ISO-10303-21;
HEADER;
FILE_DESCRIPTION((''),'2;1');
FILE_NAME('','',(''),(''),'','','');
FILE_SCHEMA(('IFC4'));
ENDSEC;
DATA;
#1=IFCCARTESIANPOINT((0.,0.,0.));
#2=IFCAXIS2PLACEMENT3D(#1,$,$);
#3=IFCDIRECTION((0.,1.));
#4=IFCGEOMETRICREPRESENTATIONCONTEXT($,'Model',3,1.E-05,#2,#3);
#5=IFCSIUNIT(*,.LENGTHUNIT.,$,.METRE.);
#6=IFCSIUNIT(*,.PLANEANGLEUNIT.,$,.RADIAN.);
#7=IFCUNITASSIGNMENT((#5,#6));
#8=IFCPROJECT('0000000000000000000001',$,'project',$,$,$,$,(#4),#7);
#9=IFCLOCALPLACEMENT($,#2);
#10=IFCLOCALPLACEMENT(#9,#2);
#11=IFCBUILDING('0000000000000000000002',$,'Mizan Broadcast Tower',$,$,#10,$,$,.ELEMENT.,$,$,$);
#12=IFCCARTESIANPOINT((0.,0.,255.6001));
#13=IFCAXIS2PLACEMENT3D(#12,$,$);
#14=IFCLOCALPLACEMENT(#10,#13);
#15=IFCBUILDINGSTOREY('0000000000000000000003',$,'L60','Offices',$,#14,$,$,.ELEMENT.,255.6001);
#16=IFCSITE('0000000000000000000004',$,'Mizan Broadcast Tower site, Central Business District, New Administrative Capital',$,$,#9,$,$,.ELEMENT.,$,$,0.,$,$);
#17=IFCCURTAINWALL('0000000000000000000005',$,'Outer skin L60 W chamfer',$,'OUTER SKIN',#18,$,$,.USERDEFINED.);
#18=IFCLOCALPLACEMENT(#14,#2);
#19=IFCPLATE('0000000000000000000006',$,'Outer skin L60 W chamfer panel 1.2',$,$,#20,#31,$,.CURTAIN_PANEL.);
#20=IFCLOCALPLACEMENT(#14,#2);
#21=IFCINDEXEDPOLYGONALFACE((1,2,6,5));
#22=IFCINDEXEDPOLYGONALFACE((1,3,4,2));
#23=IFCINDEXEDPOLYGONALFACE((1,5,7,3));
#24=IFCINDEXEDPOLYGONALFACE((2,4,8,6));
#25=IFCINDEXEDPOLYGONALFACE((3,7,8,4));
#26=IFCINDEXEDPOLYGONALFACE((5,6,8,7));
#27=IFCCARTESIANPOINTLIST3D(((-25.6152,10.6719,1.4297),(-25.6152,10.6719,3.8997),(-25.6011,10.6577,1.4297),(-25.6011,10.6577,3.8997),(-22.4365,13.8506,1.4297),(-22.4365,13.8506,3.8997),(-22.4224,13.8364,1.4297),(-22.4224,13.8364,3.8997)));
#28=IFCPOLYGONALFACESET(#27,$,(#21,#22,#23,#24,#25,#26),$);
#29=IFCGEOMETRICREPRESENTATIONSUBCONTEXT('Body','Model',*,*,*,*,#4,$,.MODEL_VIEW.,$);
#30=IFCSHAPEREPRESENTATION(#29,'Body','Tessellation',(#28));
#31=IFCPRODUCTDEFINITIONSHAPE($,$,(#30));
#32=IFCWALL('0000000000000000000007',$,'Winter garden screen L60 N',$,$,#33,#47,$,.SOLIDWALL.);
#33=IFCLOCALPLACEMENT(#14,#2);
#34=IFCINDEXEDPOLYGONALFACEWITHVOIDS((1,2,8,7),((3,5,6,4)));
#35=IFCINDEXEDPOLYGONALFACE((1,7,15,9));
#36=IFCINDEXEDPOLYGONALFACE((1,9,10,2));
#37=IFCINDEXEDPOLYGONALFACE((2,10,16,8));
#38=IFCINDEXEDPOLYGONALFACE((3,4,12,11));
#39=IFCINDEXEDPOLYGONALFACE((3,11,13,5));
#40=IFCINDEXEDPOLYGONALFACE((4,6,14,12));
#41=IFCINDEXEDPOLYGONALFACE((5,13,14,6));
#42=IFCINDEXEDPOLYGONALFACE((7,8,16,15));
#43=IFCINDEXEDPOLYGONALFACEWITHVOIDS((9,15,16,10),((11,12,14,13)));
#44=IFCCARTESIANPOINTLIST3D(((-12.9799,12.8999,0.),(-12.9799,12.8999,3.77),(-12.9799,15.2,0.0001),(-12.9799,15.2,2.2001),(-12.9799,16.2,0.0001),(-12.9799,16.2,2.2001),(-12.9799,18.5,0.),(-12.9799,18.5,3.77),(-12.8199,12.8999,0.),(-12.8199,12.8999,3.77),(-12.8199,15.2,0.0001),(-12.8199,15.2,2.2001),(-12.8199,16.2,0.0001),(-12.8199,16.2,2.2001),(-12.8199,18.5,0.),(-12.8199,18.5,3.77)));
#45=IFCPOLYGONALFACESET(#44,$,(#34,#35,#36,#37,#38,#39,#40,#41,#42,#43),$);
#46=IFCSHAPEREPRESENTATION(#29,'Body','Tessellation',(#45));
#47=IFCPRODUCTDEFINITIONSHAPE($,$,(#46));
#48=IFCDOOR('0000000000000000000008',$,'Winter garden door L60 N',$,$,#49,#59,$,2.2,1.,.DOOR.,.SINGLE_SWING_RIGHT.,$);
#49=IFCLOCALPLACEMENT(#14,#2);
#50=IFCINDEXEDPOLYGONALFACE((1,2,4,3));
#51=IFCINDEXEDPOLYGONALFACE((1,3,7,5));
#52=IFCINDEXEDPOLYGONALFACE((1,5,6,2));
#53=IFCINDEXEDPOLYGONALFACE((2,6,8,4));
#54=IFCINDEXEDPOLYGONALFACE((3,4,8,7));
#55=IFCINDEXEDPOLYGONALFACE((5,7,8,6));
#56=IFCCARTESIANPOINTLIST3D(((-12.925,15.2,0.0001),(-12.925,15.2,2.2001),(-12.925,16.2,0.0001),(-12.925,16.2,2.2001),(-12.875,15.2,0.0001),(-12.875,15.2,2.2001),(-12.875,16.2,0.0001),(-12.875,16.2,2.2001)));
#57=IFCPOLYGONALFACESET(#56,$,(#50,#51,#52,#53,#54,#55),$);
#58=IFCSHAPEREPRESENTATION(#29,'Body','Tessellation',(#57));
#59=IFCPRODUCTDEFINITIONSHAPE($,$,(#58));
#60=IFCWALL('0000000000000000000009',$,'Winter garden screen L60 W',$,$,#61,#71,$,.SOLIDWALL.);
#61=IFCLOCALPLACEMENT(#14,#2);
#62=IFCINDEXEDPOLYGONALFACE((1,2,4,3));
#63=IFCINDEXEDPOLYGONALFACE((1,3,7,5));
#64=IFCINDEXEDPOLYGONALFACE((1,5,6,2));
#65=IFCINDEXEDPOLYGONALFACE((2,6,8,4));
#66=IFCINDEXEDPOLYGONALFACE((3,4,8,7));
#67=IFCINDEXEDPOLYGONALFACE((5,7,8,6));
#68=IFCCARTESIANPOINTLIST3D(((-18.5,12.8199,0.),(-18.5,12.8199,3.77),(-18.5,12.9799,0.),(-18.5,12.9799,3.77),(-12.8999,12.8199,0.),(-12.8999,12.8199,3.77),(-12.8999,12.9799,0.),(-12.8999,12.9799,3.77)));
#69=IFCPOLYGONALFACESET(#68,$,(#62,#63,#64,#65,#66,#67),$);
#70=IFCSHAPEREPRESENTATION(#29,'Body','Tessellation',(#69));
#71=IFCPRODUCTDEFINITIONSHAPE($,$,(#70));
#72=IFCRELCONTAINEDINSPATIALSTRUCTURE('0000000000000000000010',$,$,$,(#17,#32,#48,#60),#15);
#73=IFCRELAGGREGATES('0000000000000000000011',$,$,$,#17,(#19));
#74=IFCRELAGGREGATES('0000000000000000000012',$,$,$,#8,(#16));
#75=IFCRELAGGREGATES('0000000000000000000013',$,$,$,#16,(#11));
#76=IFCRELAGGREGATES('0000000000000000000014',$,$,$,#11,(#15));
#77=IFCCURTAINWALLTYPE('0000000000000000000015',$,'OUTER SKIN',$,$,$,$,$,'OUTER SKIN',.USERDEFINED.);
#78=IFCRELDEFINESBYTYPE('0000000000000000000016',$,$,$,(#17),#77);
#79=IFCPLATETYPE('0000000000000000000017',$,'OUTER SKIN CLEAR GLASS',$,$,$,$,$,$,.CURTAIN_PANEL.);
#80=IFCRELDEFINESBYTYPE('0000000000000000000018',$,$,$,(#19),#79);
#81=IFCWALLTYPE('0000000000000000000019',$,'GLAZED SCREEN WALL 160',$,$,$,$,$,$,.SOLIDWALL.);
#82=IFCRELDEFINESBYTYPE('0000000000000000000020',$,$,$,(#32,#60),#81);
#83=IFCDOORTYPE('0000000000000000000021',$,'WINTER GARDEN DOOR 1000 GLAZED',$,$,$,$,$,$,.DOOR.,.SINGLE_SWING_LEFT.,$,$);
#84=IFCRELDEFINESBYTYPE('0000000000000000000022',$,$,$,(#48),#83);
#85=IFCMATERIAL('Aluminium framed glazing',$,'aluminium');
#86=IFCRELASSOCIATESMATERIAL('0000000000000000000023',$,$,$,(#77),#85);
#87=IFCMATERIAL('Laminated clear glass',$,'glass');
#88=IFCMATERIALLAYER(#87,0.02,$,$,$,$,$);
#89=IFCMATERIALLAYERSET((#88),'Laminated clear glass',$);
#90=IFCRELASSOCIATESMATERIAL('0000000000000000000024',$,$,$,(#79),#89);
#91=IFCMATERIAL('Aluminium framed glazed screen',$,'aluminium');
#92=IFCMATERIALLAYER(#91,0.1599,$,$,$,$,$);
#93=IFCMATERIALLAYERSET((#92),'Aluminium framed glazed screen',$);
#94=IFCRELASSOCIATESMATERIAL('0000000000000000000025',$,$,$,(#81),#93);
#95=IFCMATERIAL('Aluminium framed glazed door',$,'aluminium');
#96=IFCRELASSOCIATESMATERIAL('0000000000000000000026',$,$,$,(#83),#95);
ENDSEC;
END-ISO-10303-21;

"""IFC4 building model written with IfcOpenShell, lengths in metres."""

from ifc_helpers import new_model, si_unit, direction, frame, frame_2d, origin, origin_2d, place, context, subcontext, project, spatial, rectangle, extrude, material, layer, layer_set, type_object, element, fill, aggregate, save


model = new_model("IFC4")

# Units and contexts
model_context = context("Model", 3, precision=1e-05, world=origin(), true_north=direction((0.0, 1.0)))
body_context = subcontext(model_context, "Body", "Model", "MODEL_VIEW")
ifc_project = project(units=[si_unit("LENGTHUNIT", "METRE"), si_unit("PLANEANGLEUNIT", "RADIAN")], contexts=[model_context])

# Site, building, storey
site_placement = place(None, origin())
site = spatial("IfcSite", under=ifc_project, at=site_placement, Name="Mizan Broadcast Tower site, Central Business District, New Administrative Capital", CompositionType="ELEMENT", RefElevation=0.0)
building_placement = place(site_placement, origin())
building = spatial("IfcBuilding", under=site, at=building_placement, Name="Mizan Broadcast Tower", CompositionType="ELEMENT")
storey_placement = place(building_placement, frame((0.0, 0.0, 255.6001)))
storey = spatial("IfcBuildingStorey", under=building, at=storey_placement, Name="L60", Description="Offices", CompositionType="ELEMENT", Elevation=255.6001)

# Shared definitions
ifc_material_1 = material(Name="Aluminium framed glazing", Category="aluminium")
curtain_wall_type_1 = type_object("IfcCurtainWallType", Name="OUTER SKIN", ElementType="OUTER SKIN", PredefinedType="USERDEFINED", material=ifc_material_1)

# Curtain wall
curtain_wall_1_placement = place(storey_placement, origin())
curtain_wall_1 = element("IfcCurtainWall", 1, at=curtain_wall_1_placement, inside=storey, type_object=curtain_wall_type_1, Name="Outer skin L60 W chamfer", ObjectType="OUTER SKIN", PredefinedType="USERDEFINED")

# Plate
ifc_material_2 = material(Name="Laminated clear glass", Category="glass")
ifc_layer_1 = layer(ifc_material_2, 0.02)
ifc_layer_set_1 = layer_set([ifc_layer_1], Name="Laminated clear glass")
plate_type_1 = type_object("IfcPlateType", Name="OUTER SKIN CLEAR GLASS", PredefinedType="CURTAIN_PANEL", material=ifc_layer_set_1)
plate_1_placement = place(storey_placement, frame((-24.0188, 12.2542, 1.4297), z_axis=(0.0, 0.0, 1.0), x_axis=(-0.707107, -0.707107, 0.0)))
plate_1 = element("IfcPlate", 2, at=plate_1_placement, type_object=plate_type_1, Name="Outer skin L60 W chamfer panel 1.2", PredefinedType="CURTAIN_PANEL", context=body_context, shape_type="SweptSolid", body=[
    extrude(rectangle(XDim=4.4954, YDim=0.02, at=origin_2d()), origin(), (0.0, 0.0, 1.0), 2.47),
])
aggregate(curtain_wall_1, [plate_1])

# Wall, opening, door
ifc_material_3 = material(Name="Aluminium framed glazed screen", Category="aluminium")
ifc_layer_2 = layer(ifc_material_3, 0.1599)
ifc_layer_set_2 = layer_set([ifc_layer_2], Name="Aluminium framed glazed screen")
wall_type = type_object("IfcWallType", Name="GLAZED SCREEN WALL 160", PredefinedType="SOLIDWALL", material=ifc_layer_set_2)
wall_1_placement = place(storey_placement, frame((-12.8999, 18.5, 0.0), z_axis=(0.0, 0.0, 1.0), x_axis=(0.0, -1.0, 0.0)))
wall_1 = element("IfcWall", 3, at=wall_1_placement, inside=storey, type_object=wall_type, Name="Winter garden screen L60 N", PredefinedType="SOLIDWALL", context=body_context, shape_type="SweptSolid", body=[
    extrude(rectangle(XDim=5.6001, YDim=0.1599, at=frame_2d((2.8, 0.0))), origin(), (0.0, 0.0, 1.0), 3.77),
])
opening_placement = place(wall_1_placement, frame((2.3, 0.0, 0.0)))
opening = element("IfcOpeningElement", 4, at=opening_placement, cuts=wall_1, PredefinedType="OPENING", context=body_context, shape_type="SweptSolid", body=[
    extrude(rectangle(XDim=1.0, YDim=2.2, at=frame_2d((0.5, 1.1001))), frame((0.0, 0.0898, 0.0), z_axis=(0.0, -1.0, 0.0), x_axis=(1.0, 0.0, 0.0)), (0.0, 0.0, 1.0), 0.1799),
])
ifc_material_4 = material(Name="Aluminium framed glazed door", Category="aluminium")
door_type = type_object("IfcDoorType", Name="WINTER GARDEN DOOR 1000 GLAZED", OperationType="SINGLE_SWING_LEFT", PredefinedType="DOOR", material=ifc_material_4)
door_placement = place(opening_placement, origin())
door = element("IfcDoor", 5, at=door_placement, inside=storey, type_object=door_type, Name="Winter garden door L60 N", OperationType="SINGLE_SWING_RIGHT", OverallHeight=2.2, OverallWidth=1.0, PredefinedType="DOOR", context=body_context, shape_type="SweptSolid", body=[
    extrude(rectangle(XDim=1.0, YDim=2.2, at=frame_2d((0.5, 1.1001))), frame((0.0, 0.0249, 0.0), z_axis=(0.0, -1.0, 0.0), x_axis=(1.0, 0.0, 0.0)), (0.0, 0.0, 1.0), 0.05),
])
fill(opening, door)

# Wall
wall_2_placement = place(storey_placement, frame((-12.8999, 12.8999, 0.0), z_axis=(0.0, 0.0, 1.0), x_axis=(-1.0, 0.0, 0.0)))
element("IfcWall", 6, at=wall_2_placement, inside=storey, type_object=wall_type, Name="Winter garden screen L60 W", PredefinedType="SOLIDWALL", context=body_context, shape_type="SweptSolid", body=[
    extrude(rectangle(XDim=5.6001, YDim=0.1599, at=frame_2d((2.8, 0.0))), origin(), (0.0, 0.0, 1.0), 3.77),
])

save(model, "model.ifc")
